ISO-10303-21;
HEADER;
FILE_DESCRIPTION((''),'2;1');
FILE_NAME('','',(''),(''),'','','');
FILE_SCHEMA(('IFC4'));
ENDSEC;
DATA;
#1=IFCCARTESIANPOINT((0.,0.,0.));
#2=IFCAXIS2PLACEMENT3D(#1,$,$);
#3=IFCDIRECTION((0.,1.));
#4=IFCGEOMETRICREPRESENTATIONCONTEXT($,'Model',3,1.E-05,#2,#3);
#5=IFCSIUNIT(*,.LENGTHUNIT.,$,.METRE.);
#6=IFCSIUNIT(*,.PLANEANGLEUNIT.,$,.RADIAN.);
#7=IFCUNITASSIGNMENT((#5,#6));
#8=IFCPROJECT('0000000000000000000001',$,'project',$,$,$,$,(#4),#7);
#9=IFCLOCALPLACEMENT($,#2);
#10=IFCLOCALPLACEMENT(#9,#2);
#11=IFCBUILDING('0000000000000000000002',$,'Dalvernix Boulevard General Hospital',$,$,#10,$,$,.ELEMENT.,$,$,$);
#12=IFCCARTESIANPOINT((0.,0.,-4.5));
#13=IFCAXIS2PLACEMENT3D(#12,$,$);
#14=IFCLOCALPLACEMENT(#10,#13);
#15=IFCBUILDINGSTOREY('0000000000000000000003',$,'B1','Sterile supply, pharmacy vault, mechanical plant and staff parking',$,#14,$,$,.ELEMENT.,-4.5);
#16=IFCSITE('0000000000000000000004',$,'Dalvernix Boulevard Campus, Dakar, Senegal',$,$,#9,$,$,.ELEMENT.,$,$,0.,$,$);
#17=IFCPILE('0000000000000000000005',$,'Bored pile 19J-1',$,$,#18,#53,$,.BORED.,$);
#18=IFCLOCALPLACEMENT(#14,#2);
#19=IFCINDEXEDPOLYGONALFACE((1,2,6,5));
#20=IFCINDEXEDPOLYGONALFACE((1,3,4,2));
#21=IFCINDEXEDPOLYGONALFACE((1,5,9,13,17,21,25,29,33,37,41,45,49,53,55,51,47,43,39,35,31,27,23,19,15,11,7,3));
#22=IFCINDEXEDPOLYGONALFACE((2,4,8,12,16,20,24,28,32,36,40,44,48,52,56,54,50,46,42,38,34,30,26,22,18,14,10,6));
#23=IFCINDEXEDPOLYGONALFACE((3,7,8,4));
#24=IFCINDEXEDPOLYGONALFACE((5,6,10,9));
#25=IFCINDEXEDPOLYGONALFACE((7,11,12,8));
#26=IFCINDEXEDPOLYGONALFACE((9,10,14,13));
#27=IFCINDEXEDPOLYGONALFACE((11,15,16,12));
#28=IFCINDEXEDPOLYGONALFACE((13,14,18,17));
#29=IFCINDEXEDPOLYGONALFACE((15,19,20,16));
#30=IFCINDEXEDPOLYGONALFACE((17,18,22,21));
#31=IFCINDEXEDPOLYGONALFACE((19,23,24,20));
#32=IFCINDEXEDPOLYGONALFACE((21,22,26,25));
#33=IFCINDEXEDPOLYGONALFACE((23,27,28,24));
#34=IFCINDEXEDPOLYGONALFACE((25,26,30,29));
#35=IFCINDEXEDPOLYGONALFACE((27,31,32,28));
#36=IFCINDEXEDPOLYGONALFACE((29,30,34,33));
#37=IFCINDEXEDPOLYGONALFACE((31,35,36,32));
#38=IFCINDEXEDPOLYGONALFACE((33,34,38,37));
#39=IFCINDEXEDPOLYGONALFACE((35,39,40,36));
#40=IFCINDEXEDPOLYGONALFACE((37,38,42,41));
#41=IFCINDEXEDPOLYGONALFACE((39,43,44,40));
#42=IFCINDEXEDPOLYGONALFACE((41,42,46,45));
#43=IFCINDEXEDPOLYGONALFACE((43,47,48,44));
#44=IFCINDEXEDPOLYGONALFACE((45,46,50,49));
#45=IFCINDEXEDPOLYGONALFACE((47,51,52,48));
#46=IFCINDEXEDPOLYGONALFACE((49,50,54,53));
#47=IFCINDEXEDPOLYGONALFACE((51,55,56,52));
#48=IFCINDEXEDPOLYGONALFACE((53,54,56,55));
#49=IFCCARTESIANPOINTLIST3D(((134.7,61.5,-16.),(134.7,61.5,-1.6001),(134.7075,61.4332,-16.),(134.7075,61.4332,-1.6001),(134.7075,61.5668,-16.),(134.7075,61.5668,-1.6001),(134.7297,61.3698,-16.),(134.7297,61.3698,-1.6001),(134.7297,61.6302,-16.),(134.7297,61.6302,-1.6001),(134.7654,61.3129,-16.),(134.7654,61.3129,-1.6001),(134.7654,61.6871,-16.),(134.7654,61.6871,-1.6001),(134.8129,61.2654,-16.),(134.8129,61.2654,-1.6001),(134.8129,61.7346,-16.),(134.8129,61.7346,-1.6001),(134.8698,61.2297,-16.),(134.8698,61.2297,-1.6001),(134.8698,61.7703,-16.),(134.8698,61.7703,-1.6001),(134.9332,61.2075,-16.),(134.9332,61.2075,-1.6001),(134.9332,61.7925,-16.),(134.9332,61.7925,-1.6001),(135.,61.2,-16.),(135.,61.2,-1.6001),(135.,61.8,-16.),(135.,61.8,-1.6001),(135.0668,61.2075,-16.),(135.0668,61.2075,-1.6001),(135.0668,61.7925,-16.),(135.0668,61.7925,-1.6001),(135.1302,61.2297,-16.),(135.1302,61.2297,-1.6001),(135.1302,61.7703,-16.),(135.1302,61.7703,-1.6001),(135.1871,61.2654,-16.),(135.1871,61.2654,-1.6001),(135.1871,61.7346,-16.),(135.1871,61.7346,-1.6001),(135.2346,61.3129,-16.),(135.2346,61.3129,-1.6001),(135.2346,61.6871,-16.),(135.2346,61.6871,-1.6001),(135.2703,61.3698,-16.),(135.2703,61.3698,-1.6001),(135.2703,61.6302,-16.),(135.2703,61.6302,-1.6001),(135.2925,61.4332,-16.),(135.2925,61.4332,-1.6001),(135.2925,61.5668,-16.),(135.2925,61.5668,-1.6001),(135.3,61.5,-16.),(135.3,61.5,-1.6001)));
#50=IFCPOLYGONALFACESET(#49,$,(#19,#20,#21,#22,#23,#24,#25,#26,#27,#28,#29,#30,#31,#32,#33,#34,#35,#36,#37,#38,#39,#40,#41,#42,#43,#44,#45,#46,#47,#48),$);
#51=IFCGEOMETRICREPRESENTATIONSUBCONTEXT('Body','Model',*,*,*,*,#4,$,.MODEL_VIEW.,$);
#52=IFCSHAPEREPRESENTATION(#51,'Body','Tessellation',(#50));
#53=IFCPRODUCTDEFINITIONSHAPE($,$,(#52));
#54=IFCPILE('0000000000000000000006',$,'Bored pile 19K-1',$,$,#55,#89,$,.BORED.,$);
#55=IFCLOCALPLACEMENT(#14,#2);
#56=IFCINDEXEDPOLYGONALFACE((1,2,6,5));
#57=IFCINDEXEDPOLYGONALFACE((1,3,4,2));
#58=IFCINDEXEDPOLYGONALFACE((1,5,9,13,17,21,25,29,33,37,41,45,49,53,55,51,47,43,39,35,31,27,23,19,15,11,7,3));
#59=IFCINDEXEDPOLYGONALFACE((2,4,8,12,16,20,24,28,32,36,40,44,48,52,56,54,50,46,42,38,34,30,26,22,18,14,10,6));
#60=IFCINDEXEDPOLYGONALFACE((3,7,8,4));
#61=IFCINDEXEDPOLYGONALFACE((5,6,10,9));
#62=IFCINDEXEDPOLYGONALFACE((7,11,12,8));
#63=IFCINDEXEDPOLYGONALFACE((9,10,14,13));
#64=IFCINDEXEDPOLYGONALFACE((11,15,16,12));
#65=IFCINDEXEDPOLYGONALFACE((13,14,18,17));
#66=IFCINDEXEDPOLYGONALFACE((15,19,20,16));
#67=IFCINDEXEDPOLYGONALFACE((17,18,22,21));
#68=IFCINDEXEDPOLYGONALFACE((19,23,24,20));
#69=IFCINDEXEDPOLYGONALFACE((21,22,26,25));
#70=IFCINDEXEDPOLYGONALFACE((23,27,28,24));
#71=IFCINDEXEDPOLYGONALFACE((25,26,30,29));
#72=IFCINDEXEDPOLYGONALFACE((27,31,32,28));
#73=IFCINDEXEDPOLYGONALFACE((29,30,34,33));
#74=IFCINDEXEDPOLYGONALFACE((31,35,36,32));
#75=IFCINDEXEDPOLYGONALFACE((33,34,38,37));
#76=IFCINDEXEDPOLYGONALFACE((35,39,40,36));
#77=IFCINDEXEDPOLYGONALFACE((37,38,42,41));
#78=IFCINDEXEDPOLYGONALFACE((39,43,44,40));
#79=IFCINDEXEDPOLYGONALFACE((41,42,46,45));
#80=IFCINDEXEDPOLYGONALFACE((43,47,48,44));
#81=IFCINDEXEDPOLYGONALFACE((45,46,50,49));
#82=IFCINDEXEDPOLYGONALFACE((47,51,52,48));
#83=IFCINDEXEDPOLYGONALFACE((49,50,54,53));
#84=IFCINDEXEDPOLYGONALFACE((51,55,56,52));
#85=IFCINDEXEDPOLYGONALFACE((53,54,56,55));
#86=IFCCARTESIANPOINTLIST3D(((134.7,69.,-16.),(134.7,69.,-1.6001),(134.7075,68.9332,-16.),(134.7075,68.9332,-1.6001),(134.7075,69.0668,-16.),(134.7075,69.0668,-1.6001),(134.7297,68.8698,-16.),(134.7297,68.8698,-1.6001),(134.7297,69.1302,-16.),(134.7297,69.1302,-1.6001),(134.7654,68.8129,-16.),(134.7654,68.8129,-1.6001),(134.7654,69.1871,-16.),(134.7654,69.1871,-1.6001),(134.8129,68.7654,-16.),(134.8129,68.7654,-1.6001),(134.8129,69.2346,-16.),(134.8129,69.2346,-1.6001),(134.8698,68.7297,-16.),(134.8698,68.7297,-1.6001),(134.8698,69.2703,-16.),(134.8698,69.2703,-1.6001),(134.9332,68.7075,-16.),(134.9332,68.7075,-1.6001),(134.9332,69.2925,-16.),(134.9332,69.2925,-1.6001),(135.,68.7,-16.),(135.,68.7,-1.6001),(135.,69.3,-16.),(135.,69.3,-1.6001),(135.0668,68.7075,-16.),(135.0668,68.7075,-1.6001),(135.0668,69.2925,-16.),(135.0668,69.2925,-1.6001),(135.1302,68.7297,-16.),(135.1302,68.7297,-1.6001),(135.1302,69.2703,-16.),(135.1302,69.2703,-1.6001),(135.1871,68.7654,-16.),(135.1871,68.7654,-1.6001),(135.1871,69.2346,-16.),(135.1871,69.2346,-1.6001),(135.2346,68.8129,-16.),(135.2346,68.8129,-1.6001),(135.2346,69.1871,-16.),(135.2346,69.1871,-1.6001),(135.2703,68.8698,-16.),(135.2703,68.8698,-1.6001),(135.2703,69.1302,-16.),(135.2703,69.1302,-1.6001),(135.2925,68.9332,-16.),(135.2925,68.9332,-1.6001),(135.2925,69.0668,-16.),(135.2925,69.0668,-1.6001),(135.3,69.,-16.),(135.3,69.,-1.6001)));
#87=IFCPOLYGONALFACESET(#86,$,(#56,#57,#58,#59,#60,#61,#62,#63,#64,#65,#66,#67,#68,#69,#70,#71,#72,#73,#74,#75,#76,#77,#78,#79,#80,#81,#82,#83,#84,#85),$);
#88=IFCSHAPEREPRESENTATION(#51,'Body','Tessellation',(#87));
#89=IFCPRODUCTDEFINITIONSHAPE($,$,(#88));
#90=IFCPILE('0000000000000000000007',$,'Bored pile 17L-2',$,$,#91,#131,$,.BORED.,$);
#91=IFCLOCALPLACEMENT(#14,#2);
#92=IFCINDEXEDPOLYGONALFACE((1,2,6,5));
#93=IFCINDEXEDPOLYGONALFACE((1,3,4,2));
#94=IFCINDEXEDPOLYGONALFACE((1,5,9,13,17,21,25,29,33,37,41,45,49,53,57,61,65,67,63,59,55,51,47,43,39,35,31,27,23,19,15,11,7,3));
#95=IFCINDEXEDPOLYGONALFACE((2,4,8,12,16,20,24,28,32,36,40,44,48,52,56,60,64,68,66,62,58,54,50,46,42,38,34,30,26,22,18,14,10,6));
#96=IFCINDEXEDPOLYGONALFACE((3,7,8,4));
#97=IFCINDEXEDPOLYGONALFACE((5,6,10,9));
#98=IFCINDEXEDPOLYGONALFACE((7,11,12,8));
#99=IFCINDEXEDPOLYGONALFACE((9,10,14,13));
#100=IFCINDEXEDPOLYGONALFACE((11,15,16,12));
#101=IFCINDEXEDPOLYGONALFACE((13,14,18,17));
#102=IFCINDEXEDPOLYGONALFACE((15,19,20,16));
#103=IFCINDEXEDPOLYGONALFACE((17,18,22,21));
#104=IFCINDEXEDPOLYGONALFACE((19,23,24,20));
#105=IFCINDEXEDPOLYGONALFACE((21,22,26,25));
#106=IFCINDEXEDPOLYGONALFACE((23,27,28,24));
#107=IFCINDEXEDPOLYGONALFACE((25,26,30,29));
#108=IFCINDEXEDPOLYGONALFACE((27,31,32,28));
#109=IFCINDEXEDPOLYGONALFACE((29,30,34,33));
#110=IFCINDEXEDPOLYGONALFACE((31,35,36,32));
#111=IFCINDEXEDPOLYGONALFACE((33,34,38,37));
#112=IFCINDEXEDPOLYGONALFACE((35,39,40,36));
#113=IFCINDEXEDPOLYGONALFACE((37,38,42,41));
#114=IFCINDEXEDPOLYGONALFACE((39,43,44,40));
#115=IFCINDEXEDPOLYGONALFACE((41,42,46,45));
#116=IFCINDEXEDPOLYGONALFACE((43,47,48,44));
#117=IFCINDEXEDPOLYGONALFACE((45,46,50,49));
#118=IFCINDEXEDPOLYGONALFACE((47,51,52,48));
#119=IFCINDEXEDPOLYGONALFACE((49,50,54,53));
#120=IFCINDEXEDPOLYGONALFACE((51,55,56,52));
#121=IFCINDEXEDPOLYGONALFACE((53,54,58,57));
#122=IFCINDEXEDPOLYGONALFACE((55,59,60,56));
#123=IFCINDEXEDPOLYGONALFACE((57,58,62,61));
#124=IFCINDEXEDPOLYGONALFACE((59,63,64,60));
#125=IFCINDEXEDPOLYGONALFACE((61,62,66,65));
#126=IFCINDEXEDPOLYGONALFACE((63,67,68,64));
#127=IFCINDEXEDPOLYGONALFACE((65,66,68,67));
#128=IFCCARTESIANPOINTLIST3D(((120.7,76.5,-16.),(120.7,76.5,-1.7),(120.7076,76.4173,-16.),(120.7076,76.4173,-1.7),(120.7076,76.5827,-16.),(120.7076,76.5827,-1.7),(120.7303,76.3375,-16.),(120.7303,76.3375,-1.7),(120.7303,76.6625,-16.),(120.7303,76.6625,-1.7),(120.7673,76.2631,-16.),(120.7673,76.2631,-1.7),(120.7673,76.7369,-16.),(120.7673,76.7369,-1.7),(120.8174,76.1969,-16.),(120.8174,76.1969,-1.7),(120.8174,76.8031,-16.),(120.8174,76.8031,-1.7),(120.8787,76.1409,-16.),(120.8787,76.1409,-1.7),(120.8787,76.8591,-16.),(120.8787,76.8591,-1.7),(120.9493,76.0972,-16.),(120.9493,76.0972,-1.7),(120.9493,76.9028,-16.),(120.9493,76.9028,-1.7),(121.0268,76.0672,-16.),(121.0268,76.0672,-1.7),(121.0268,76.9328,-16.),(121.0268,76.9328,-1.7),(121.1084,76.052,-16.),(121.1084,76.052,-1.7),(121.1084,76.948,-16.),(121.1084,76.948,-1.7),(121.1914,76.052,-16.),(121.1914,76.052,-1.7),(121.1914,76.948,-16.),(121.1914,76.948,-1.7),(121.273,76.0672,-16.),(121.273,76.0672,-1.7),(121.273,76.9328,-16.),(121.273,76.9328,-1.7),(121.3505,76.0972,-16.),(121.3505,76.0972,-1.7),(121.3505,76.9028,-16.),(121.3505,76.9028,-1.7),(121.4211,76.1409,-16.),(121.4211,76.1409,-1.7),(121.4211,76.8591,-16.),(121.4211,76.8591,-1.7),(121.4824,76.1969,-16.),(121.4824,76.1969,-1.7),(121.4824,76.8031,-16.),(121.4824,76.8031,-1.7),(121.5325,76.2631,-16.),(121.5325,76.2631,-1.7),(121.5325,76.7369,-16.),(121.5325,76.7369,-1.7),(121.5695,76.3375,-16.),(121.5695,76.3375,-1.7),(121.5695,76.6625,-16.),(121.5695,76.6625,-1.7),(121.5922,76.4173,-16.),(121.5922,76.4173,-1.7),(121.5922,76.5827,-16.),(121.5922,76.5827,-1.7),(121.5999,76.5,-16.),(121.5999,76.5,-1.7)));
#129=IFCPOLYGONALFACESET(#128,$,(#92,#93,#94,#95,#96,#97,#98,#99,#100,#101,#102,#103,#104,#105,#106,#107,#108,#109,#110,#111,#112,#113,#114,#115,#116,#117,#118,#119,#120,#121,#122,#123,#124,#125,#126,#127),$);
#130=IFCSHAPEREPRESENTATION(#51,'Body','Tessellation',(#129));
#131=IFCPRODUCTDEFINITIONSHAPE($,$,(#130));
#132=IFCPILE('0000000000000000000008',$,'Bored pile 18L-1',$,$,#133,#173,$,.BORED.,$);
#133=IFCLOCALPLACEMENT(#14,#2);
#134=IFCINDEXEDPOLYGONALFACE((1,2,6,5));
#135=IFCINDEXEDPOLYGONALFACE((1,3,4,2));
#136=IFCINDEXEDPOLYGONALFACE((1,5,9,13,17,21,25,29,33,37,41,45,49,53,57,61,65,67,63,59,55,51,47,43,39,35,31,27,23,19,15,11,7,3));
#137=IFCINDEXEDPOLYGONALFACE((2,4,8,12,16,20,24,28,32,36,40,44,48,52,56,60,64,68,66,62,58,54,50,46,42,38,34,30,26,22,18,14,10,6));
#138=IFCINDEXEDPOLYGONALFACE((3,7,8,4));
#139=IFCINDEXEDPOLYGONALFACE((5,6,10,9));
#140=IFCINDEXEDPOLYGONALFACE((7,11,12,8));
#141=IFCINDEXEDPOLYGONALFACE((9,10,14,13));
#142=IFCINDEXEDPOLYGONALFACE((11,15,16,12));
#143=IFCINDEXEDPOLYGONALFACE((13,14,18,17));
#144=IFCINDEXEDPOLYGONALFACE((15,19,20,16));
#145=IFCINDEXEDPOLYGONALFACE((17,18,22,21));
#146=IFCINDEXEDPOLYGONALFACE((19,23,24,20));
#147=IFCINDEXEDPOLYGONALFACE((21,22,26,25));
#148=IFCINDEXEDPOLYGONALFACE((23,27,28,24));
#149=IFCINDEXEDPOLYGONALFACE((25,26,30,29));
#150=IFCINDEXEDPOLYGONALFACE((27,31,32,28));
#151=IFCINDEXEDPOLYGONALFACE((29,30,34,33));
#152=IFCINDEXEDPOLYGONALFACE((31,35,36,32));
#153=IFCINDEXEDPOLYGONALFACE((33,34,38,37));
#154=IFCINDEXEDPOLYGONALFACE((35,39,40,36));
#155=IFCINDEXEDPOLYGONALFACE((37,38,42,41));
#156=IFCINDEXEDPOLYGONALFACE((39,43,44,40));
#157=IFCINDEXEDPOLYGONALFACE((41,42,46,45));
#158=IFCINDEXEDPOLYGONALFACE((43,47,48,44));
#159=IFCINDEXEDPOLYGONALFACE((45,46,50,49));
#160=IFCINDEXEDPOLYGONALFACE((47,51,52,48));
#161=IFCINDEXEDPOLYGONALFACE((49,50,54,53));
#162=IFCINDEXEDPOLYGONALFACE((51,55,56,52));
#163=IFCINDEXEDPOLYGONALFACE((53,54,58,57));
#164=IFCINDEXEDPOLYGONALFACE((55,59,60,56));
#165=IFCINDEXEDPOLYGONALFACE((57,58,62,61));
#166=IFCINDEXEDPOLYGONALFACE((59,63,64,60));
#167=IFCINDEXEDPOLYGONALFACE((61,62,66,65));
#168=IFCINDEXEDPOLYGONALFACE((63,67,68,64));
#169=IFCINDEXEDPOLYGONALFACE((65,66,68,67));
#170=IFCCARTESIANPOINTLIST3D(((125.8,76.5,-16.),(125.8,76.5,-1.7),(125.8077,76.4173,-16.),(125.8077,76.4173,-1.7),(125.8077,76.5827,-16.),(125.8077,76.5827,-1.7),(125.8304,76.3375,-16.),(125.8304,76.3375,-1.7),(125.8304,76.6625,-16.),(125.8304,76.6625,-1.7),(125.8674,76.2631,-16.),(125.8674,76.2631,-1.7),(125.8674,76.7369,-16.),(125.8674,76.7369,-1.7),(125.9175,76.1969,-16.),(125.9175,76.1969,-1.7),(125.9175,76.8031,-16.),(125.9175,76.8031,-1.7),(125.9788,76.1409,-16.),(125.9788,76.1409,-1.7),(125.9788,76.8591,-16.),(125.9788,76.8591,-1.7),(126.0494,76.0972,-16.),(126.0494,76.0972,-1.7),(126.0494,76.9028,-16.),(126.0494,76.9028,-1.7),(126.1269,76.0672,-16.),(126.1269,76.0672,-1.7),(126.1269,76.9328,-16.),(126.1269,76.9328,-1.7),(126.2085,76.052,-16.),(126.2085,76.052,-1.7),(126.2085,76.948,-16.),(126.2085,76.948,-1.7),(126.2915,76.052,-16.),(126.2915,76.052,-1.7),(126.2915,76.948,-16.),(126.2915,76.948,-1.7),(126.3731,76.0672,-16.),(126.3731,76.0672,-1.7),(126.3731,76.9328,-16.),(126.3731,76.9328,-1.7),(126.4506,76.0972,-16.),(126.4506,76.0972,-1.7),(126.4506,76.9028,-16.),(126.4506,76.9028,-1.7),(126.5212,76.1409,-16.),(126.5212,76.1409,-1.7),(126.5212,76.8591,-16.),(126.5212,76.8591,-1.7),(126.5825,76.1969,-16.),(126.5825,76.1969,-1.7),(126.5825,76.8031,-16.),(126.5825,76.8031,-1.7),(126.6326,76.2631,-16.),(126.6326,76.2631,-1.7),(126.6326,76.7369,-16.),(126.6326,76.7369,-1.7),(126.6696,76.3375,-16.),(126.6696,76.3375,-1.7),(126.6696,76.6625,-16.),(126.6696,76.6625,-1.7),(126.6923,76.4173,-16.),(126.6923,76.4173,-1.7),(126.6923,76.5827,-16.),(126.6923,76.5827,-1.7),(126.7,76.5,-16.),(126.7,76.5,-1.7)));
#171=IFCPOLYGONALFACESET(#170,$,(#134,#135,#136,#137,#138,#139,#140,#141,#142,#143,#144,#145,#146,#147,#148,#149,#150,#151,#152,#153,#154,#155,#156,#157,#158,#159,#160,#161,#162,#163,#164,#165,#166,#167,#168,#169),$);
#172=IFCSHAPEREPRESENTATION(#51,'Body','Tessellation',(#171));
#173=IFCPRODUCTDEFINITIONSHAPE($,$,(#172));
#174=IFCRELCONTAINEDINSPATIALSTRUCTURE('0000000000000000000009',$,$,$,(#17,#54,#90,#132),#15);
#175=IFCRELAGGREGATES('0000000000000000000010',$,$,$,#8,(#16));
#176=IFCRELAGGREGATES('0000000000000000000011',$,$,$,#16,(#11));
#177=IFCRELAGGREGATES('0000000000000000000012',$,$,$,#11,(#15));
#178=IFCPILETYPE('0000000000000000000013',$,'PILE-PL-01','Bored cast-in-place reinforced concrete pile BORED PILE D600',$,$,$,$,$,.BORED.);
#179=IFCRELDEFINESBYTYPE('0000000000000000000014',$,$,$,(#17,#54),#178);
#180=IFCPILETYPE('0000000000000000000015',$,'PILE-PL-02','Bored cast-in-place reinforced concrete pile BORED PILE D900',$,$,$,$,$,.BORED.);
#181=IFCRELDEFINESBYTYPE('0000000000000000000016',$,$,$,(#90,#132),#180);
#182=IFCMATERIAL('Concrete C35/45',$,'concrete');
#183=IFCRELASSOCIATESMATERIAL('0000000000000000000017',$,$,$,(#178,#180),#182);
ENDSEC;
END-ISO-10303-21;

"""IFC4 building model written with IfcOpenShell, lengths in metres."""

from ifc_helpers import new_model, si_unit, direction, frame, origin, origin_2d, place, context, subcontext, project, spatial, circle, extrude, material, material_profile, profile_set, type_object, element, save


model = new_model("IFC4")

# Units and contexts
model_context = context("Model", 3, precision=1e-05, world=origin(), true_north=direction((0.0, 1.0)))
body_context = subcontext(model_context, "Body", "Model", "MODEL_VIEW")
ifc_project = project(units=[si_unit("LENGTHUNIT", "METRE"), si_unit("PLANEANGLEUNIT", "RADIAN")], contexts=[model_context])

# Site, building, storey
site_placement = place(None, origin())
site = spatial("IfcSite", under=ifc_project, at=site_placement, Name="Dalvernix Boulevard Campus, Dakar, Senegal", CompositionType="ELEMENT", RefElevation=0.0)
building_placement = place(site_placement, origin())
building = spatial("IfcBuilding", under=site, at=building_placement, Name="Dalvernix Boulevard General Hospital", CompositionType="ELEMENT")
storey_placement = place(building_placement, frame((0.0, 0.0, -4.5)))
storey = spatial("IfcBuildingStorey", under=building, at=storey_placement, Name="B1", Description="Sterile supply, pharmacy vault, mechanical plant and staff parking", CompositionType="ELEMENT", Elevation=-4.5)

# Shared definitions
ifc_material_1 = material(Name="Concrete C35/45", Category="concrete")

# Piles
ifc_material_profile_1 = material_profile(ifc_material_1, circle(Radius=0.3, at=origin_2d()), Name="BORED PILE D600")
ifc_profile_set_1 = profile_set([ifc_material_profile_1], Name="Concrete C35/45")
pile_type_1 = type_object("IfcPileType", Name="PILE-PL-01", Description="Bored cast-in-place reinforced concrete pile BORED PILE D600", PredefinedType="BORED", material=ifc_profile_set_1)
for number, where, z_axis, x_axis, name in (
    (1, (135.0, 61.5, -1.6001), (0.0, 0.0, -1.0), (1.0, 0.0, 0.0), "Bored pile 19J-1"),
    (2, (135.0, 69.0, -1.6001), (0.0, 0.0, -1.0), (1.0, 0.0, 0.0), "Bored pile 19K-1"),
):
    element("IfcPile", number, at=place(storey_placement, frame(where, z_axis=z_axis, x_axis=x_axis)), inside=storey, type_object=pile_type_1, Name=name, PredefinedType="BORED", context=body_context, shape_type="SweptSolid", body=[
        extrude(circle(Radius=0.3, at=origin_2d()), origin(), (0.0, 0.0, 1.0), 14.3999),
    ])
ifc_material_profile_2 = material_profile(ifc_material_1, circle(Radius=0.45, at=origin_2d()), Name="BORED PILE D900")
ifc_profile_set_2 = profile_set([ifc_material_profile_2], Name="Concrete C35/45")
pile_type_2 = type_object("IfcPileType", Name="PILE-PL-02", Description="Bored cast-in-place reinforced concrete pile BORED PILE D900", PredefinedType="BORED", material=ifc_profile_set_2)
for number, where, z_axis, x_axis, name in (
    (3, (121.1499, 76.5, -1.7), (0.0, 0.0, -1.0), (1.0, 0.0, 0.0), "Bored pile 17L-2"),
    (4, (126.25, 76.5, -1.7), (0.0, 0.0, -1.0), (1.0, 0.0, 0.0), "Bored pile 18L-1"),
):
    element("IfcPile", number, at=place(storey_placement, frame(where, z_axis=z_axis, x_axis=x_axis)), inside=storey, type_object=pile_type_2, Name=name, PredefinedType="BORED", context=body_context, shape_type="SweptSolid", body=[
        extrude(circle(Radius=0.45, at=origin_2d()), origin(), (0.0, 0.0, 1.0), 14.3),
    ])

save(model, "model.ifc")
